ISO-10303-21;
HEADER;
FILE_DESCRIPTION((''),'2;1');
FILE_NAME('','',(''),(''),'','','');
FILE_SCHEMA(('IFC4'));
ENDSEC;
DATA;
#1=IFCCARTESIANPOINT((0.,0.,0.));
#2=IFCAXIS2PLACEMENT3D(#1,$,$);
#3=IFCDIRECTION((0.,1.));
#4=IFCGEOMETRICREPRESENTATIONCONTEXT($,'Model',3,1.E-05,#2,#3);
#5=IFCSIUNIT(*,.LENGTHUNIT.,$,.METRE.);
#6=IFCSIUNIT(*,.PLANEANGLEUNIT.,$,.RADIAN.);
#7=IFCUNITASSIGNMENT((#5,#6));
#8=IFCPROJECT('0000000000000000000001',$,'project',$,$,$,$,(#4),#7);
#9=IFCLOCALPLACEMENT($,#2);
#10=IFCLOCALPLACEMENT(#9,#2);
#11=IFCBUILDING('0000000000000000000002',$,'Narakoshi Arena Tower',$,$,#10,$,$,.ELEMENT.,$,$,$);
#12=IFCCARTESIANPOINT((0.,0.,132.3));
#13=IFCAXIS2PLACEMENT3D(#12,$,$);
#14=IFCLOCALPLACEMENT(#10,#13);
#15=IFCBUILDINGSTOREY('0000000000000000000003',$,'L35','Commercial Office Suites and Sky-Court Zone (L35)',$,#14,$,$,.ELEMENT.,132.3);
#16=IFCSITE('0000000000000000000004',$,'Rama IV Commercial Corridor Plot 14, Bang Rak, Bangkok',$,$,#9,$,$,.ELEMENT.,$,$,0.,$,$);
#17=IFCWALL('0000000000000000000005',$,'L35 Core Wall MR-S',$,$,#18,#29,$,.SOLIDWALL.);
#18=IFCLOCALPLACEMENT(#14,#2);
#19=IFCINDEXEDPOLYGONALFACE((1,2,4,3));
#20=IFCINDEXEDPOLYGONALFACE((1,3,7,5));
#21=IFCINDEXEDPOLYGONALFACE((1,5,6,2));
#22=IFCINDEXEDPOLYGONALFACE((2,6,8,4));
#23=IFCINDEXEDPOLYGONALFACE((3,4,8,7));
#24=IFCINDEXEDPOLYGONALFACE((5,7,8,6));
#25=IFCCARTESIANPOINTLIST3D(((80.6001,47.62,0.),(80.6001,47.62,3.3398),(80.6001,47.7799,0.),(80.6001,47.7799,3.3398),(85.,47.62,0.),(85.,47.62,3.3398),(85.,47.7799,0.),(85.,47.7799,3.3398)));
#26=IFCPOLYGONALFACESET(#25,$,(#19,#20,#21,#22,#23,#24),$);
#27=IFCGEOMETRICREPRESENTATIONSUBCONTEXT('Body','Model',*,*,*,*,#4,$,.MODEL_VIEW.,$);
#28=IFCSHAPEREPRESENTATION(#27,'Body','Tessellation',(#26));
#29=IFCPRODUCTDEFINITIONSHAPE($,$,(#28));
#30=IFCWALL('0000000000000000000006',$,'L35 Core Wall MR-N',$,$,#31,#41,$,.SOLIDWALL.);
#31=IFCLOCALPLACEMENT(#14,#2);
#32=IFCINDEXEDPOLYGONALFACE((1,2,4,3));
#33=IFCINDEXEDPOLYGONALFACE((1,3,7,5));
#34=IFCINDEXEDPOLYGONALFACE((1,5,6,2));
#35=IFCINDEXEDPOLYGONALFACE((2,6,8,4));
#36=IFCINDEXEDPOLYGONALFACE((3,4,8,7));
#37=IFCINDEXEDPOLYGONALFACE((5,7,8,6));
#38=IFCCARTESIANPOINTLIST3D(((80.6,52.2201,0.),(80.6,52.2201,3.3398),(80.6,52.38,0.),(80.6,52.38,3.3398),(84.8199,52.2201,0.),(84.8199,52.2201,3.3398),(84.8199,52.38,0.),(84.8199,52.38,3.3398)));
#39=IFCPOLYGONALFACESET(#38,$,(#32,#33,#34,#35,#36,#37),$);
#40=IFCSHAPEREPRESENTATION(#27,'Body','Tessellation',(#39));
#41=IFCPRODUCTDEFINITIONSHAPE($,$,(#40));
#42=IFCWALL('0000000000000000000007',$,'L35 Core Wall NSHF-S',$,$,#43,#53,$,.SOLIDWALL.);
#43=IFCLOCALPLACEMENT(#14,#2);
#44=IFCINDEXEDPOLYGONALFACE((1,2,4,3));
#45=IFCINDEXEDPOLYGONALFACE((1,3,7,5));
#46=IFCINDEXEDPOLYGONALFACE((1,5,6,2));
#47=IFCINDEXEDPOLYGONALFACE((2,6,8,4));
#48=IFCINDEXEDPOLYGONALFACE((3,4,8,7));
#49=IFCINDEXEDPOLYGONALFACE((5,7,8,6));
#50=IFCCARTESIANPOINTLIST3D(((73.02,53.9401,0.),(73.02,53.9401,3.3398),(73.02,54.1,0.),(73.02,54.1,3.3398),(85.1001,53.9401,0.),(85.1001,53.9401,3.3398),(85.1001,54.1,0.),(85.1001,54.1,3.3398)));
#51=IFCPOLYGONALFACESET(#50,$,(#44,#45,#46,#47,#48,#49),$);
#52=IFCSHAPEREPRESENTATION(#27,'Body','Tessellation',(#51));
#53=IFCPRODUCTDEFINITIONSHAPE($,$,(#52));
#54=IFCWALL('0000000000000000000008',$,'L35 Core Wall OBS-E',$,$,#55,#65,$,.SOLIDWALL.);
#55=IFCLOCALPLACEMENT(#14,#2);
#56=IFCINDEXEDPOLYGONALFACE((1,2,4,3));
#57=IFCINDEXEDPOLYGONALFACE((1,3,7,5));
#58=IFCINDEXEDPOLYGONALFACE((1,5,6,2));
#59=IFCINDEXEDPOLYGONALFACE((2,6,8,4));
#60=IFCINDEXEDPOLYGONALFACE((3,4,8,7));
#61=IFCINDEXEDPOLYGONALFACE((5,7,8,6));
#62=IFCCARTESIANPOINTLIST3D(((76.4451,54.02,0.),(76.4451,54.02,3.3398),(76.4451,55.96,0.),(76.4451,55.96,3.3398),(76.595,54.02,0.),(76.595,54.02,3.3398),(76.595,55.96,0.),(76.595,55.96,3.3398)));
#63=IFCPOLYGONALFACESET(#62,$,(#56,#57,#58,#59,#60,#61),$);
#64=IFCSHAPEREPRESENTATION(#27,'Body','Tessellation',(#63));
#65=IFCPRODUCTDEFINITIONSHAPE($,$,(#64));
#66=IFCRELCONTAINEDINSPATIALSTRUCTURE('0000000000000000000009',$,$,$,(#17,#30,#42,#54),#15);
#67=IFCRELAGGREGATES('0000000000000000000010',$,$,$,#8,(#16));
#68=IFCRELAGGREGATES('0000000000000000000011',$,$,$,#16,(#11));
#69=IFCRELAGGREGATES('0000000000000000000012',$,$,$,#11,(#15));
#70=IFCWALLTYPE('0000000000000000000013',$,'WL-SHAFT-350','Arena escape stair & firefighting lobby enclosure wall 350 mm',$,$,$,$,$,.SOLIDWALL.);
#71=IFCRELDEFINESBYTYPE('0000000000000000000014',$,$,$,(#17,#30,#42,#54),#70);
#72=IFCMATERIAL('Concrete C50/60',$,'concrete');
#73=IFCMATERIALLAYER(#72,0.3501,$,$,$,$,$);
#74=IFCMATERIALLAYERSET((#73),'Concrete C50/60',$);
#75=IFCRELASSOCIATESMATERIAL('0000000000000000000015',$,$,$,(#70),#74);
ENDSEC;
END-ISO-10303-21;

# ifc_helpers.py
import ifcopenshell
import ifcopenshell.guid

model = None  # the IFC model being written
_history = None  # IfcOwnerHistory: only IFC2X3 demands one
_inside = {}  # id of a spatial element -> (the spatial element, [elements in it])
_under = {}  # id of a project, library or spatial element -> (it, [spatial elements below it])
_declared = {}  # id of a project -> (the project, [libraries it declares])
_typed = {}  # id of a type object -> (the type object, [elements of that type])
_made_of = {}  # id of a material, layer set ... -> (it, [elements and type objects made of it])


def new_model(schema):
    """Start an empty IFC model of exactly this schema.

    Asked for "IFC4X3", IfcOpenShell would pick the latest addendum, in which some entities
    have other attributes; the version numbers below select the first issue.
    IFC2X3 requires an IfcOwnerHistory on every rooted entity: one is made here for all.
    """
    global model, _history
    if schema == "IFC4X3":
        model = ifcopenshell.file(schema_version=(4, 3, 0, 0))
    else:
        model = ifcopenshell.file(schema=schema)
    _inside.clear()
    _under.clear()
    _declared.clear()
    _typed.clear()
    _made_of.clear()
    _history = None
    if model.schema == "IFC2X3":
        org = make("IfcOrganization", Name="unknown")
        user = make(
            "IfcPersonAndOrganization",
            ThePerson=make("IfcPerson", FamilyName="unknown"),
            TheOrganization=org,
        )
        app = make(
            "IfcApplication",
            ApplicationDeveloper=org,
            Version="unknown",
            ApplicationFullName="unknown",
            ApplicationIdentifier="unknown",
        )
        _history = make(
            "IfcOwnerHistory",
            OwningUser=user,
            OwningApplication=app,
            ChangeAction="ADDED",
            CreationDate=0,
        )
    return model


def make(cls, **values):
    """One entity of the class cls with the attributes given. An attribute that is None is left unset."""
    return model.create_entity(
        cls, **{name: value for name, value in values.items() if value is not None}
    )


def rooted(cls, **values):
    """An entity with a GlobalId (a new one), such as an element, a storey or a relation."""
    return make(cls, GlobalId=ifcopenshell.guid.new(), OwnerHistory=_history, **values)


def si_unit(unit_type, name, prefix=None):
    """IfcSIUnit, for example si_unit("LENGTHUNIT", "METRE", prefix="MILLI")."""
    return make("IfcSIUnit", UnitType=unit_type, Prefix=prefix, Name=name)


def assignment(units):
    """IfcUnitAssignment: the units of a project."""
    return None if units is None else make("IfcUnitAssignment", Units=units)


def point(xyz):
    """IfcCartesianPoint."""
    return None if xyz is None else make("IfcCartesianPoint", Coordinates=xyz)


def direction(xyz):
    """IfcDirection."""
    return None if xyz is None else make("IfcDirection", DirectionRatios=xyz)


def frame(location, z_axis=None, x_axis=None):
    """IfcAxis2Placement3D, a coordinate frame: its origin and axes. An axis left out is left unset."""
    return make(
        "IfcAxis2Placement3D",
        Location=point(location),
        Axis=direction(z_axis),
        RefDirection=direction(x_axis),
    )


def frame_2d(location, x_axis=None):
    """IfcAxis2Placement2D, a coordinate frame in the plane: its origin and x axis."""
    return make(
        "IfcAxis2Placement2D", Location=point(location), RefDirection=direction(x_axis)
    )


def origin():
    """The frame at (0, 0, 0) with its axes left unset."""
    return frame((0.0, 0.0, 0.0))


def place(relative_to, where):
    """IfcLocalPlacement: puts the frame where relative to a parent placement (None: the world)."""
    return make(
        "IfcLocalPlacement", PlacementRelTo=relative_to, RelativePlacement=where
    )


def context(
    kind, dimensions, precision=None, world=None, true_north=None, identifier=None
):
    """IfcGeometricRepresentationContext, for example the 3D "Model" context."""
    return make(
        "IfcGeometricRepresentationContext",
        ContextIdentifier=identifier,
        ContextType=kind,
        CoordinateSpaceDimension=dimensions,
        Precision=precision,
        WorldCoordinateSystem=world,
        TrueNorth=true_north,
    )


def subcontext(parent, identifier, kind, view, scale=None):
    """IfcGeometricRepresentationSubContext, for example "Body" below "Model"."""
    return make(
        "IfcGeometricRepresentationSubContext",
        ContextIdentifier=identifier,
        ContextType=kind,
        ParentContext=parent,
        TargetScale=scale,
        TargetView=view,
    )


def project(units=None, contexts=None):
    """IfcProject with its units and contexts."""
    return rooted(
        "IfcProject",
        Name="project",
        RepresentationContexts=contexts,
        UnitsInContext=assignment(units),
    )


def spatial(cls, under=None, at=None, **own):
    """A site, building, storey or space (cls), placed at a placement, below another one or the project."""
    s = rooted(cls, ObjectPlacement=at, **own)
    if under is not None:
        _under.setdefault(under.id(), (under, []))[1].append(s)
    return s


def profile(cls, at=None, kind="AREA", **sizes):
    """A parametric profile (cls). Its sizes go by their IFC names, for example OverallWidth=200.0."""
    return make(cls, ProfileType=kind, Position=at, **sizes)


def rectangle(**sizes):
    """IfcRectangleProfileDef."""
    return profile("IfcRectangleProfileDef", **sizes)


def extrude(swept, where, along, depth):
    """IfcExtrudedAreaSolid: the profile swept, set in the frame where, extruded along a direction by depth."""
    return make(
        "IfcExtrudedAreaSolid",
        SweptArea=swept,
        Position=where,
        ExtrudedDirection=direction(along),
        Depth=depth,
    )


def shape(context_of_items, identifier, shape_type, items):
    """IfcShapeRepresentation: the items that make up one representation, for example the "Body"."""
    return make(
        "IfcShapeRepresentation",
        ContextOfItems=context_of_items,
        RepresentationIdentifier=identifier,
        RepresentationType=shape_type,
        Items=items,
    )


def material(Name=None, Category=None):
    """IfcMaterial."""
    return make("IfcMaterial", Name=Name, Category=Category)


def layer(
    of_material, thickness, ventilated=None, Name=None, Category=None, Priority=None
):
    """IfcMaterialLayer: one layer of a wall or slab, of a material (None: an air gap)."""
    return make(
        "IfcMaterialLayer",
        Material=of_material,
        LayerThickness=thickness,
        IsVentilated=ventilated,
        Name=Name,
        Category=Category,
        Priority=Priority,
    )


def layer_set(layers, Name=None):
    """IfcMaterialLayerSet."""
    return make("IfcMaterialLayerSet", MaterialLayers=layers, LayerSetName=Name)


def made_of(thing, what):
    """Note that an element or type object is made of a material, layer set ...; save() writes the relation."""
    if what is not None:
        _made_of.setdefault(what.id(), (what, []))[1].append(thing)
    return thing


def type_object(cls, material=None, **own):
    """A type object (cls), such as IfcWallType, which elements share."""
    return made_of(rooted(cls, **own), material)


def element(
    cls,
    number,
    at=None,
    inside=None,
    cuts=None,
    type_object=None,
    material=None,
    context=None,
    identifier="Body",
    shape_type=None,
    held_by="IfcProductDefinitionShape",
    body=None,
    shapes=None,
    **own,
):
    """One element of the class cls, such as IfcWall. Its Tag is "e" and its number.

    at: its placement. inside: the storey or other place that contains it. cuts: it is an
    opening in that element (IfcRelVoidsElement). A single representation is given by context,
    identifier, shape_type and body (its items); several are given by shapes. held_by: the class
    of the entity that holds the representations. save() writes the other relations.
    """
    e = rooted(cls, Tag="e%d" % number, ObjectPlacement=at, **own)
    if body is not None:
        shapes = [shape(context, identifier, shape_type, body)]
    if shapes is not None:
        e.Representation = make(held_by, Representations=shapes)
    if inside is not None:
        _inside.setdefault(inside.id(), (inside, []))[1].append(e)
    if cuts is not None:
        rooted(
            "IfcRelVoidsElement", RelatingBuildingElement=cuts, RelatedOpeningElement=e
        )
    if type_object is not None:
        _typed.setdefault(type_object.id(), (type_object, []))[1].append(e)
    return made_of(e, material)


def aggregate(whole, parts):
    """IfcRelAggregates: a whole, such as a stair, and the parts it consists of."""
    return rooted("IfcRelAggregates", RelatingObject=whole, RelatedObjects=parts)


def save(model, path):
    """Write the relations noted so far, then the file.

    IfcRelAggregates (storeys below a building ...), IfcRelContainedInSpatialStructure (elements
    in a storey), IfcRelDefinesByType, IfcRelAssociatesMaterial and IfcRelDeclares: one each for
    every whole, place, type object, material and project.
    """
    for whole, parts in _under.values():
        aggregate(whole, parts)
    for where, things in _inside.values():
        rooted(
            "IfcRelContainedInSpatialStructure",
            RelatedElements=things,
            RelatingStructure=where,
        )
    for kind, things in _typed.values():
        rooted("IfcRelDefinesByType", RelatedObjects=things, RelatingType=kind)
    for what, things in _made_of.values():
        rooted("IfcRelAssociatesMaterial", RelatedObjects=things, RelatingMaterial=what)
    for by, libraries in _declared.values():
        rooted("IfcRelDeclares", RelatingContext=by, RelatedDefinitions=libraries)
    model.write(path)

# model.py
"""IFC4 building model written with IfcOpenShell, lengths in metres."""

from ifc_helpers import new_model, si_unit, direction, frame, frame_2d, origin, place, context, subcontext, project, spatial, rectangle, extrude, material, layer, layer_set, type_object, element, save


model = new_model("IFC4")

# Units and contexts
model_context = context("Model", 3, precision=1e-05, world=origin(), true_north=direction((0.0, 1.0)))
body_context = subcontext(model_context, "Body", "Model", "MODEL_VIEW")
ifc_project = project(units=[si_unit("LENGTHUNIT", "METRE"), si_unit("PLANEANGLEUNIT", "RADIAN")], contexts=[model_context])

# Site, building, storey
site_placement = place(None, origin())
site = spatial("IfcSite", under=ifc_project, at=site_placement, Name="Rama IV Commercial Corridor Plot 14, Bang Rak, Bangkok", CompositionType="ELEMENT", RefElevation=0.0)
building_placement = place(site_placement, origin())
building = spatial("IfcBuilding", under=site, at=building_placement, Name="Narakoshi Arena Tower", CompositionType="ELEMENT")
storey_placement = place(building_placement, frame((0.0, 0.0, 132.3)))
storey = spatial("IfcBuildingStorey", under=building, at=storey_placement, Name="L35", Description="Commercial Office Suites and Sky-Court Zone (L35)", CompositionType="ELEMENT", Elevation=132.3)

# Shared definitions
ifc_material_1 = material(Name="Concrete C50/60", Category="concrete")
ifc_layer_1 = layer(ifc_material_1, 0.3501)
ifc_layer_set_1 = layer_set([ifc_layer_1], Name="Concrete C50/60")
wall_type_1 = type_object("IfcWallType", Name="WL-SHAFT-350", Description="Arena escape stair & firefighting lobby enclosure wall 350 mm", PredefinedType="SOLIDWALL", material=ifc_layer_set_1)

# Walls
wall_1_placement = place(storey_placement, frame((80.6001, 47.7, 0.0), z_axis=(0.0, 0.0, 1.0), x_axis=(1.0, 0.0, 0.0)))
element("IfcWall", 1, at=wall_1_placement, inside=storey, type_object=wall_type_1, Name="L35 Core Wall MR-S", PredefinedType="SOLIDWALL", context=body_context, shape_type="SweptSolid", body=[
    extrude(rectangle(XDim=4.3999, YDim=0.1599, at=frame_2d((2.2, 0.0))), origin(), (0.0, 0.0, 1.0), 3.3398),
])
wall_2_placement = place(storey_placement, frame((80.6001, 52.3, 0.0), z_axis=(0.0, 0.0, 1.0), x_axis=(1.0, 0.0, 0.0)))
element("IfcWall", 2, at=wall_2_placement, inside=storey, type_object=wall_type_1, Name="L35 Core Wall MR-N", PredefinedType="SOLIDWALL", context=body_context, shape_type="SweptSolid", body=[
    extrude(rectangle(XDim=4.22, YDim=0.1599, at=frame_2d((2.1099, 0.0))), origin(), (0.0, 0.0, 1.0), 3.3398),
])
wall_3_placement = place(storey_placement, frame((73.02, 54.02, 0.0), z_axis=(0.0, 0.0, 1.0), x_axis=(1.0, 0.0, 0.0)))
element("IfcWall", 3, at=wall_3_placement, inside=storey, type_object=wall_type_1, Name="L35 Core Wall NSHF-S", PredefinedType="SOLIDWALL", context=body_context, shape_type="SweptSolid", body=[
    extrude(rectangle(XDim=12.0801, YDim=0.1599, at=frame_2d((6.04, 0.0))), origin(), (0.0, 0.0, 1.0), 3.3398),
])
wall_4_placement = place(storey_placement, frame((76.52, 54.02, 0.0), z_axis=(0.0, 0.0, 1.0), x_axis=(0.0, 1.0, 0.0)))
element("IfcWall", 4, at=wall_4_placement, inside=storey, type_object=wall_type_1, Name="L35 Core Wall OBS-E", PredefinedType="SOLIDWALL", context=body_context, shape_type="SweptSolid", body=[
    extrude(rectangle(XDim=1.9399, YDim=0.1499, at=frame_2d((0.97, 0.0))), origin(), (0.0, 0.0, 1.0), 3.3398),
])

save(model, "model.ifc")
